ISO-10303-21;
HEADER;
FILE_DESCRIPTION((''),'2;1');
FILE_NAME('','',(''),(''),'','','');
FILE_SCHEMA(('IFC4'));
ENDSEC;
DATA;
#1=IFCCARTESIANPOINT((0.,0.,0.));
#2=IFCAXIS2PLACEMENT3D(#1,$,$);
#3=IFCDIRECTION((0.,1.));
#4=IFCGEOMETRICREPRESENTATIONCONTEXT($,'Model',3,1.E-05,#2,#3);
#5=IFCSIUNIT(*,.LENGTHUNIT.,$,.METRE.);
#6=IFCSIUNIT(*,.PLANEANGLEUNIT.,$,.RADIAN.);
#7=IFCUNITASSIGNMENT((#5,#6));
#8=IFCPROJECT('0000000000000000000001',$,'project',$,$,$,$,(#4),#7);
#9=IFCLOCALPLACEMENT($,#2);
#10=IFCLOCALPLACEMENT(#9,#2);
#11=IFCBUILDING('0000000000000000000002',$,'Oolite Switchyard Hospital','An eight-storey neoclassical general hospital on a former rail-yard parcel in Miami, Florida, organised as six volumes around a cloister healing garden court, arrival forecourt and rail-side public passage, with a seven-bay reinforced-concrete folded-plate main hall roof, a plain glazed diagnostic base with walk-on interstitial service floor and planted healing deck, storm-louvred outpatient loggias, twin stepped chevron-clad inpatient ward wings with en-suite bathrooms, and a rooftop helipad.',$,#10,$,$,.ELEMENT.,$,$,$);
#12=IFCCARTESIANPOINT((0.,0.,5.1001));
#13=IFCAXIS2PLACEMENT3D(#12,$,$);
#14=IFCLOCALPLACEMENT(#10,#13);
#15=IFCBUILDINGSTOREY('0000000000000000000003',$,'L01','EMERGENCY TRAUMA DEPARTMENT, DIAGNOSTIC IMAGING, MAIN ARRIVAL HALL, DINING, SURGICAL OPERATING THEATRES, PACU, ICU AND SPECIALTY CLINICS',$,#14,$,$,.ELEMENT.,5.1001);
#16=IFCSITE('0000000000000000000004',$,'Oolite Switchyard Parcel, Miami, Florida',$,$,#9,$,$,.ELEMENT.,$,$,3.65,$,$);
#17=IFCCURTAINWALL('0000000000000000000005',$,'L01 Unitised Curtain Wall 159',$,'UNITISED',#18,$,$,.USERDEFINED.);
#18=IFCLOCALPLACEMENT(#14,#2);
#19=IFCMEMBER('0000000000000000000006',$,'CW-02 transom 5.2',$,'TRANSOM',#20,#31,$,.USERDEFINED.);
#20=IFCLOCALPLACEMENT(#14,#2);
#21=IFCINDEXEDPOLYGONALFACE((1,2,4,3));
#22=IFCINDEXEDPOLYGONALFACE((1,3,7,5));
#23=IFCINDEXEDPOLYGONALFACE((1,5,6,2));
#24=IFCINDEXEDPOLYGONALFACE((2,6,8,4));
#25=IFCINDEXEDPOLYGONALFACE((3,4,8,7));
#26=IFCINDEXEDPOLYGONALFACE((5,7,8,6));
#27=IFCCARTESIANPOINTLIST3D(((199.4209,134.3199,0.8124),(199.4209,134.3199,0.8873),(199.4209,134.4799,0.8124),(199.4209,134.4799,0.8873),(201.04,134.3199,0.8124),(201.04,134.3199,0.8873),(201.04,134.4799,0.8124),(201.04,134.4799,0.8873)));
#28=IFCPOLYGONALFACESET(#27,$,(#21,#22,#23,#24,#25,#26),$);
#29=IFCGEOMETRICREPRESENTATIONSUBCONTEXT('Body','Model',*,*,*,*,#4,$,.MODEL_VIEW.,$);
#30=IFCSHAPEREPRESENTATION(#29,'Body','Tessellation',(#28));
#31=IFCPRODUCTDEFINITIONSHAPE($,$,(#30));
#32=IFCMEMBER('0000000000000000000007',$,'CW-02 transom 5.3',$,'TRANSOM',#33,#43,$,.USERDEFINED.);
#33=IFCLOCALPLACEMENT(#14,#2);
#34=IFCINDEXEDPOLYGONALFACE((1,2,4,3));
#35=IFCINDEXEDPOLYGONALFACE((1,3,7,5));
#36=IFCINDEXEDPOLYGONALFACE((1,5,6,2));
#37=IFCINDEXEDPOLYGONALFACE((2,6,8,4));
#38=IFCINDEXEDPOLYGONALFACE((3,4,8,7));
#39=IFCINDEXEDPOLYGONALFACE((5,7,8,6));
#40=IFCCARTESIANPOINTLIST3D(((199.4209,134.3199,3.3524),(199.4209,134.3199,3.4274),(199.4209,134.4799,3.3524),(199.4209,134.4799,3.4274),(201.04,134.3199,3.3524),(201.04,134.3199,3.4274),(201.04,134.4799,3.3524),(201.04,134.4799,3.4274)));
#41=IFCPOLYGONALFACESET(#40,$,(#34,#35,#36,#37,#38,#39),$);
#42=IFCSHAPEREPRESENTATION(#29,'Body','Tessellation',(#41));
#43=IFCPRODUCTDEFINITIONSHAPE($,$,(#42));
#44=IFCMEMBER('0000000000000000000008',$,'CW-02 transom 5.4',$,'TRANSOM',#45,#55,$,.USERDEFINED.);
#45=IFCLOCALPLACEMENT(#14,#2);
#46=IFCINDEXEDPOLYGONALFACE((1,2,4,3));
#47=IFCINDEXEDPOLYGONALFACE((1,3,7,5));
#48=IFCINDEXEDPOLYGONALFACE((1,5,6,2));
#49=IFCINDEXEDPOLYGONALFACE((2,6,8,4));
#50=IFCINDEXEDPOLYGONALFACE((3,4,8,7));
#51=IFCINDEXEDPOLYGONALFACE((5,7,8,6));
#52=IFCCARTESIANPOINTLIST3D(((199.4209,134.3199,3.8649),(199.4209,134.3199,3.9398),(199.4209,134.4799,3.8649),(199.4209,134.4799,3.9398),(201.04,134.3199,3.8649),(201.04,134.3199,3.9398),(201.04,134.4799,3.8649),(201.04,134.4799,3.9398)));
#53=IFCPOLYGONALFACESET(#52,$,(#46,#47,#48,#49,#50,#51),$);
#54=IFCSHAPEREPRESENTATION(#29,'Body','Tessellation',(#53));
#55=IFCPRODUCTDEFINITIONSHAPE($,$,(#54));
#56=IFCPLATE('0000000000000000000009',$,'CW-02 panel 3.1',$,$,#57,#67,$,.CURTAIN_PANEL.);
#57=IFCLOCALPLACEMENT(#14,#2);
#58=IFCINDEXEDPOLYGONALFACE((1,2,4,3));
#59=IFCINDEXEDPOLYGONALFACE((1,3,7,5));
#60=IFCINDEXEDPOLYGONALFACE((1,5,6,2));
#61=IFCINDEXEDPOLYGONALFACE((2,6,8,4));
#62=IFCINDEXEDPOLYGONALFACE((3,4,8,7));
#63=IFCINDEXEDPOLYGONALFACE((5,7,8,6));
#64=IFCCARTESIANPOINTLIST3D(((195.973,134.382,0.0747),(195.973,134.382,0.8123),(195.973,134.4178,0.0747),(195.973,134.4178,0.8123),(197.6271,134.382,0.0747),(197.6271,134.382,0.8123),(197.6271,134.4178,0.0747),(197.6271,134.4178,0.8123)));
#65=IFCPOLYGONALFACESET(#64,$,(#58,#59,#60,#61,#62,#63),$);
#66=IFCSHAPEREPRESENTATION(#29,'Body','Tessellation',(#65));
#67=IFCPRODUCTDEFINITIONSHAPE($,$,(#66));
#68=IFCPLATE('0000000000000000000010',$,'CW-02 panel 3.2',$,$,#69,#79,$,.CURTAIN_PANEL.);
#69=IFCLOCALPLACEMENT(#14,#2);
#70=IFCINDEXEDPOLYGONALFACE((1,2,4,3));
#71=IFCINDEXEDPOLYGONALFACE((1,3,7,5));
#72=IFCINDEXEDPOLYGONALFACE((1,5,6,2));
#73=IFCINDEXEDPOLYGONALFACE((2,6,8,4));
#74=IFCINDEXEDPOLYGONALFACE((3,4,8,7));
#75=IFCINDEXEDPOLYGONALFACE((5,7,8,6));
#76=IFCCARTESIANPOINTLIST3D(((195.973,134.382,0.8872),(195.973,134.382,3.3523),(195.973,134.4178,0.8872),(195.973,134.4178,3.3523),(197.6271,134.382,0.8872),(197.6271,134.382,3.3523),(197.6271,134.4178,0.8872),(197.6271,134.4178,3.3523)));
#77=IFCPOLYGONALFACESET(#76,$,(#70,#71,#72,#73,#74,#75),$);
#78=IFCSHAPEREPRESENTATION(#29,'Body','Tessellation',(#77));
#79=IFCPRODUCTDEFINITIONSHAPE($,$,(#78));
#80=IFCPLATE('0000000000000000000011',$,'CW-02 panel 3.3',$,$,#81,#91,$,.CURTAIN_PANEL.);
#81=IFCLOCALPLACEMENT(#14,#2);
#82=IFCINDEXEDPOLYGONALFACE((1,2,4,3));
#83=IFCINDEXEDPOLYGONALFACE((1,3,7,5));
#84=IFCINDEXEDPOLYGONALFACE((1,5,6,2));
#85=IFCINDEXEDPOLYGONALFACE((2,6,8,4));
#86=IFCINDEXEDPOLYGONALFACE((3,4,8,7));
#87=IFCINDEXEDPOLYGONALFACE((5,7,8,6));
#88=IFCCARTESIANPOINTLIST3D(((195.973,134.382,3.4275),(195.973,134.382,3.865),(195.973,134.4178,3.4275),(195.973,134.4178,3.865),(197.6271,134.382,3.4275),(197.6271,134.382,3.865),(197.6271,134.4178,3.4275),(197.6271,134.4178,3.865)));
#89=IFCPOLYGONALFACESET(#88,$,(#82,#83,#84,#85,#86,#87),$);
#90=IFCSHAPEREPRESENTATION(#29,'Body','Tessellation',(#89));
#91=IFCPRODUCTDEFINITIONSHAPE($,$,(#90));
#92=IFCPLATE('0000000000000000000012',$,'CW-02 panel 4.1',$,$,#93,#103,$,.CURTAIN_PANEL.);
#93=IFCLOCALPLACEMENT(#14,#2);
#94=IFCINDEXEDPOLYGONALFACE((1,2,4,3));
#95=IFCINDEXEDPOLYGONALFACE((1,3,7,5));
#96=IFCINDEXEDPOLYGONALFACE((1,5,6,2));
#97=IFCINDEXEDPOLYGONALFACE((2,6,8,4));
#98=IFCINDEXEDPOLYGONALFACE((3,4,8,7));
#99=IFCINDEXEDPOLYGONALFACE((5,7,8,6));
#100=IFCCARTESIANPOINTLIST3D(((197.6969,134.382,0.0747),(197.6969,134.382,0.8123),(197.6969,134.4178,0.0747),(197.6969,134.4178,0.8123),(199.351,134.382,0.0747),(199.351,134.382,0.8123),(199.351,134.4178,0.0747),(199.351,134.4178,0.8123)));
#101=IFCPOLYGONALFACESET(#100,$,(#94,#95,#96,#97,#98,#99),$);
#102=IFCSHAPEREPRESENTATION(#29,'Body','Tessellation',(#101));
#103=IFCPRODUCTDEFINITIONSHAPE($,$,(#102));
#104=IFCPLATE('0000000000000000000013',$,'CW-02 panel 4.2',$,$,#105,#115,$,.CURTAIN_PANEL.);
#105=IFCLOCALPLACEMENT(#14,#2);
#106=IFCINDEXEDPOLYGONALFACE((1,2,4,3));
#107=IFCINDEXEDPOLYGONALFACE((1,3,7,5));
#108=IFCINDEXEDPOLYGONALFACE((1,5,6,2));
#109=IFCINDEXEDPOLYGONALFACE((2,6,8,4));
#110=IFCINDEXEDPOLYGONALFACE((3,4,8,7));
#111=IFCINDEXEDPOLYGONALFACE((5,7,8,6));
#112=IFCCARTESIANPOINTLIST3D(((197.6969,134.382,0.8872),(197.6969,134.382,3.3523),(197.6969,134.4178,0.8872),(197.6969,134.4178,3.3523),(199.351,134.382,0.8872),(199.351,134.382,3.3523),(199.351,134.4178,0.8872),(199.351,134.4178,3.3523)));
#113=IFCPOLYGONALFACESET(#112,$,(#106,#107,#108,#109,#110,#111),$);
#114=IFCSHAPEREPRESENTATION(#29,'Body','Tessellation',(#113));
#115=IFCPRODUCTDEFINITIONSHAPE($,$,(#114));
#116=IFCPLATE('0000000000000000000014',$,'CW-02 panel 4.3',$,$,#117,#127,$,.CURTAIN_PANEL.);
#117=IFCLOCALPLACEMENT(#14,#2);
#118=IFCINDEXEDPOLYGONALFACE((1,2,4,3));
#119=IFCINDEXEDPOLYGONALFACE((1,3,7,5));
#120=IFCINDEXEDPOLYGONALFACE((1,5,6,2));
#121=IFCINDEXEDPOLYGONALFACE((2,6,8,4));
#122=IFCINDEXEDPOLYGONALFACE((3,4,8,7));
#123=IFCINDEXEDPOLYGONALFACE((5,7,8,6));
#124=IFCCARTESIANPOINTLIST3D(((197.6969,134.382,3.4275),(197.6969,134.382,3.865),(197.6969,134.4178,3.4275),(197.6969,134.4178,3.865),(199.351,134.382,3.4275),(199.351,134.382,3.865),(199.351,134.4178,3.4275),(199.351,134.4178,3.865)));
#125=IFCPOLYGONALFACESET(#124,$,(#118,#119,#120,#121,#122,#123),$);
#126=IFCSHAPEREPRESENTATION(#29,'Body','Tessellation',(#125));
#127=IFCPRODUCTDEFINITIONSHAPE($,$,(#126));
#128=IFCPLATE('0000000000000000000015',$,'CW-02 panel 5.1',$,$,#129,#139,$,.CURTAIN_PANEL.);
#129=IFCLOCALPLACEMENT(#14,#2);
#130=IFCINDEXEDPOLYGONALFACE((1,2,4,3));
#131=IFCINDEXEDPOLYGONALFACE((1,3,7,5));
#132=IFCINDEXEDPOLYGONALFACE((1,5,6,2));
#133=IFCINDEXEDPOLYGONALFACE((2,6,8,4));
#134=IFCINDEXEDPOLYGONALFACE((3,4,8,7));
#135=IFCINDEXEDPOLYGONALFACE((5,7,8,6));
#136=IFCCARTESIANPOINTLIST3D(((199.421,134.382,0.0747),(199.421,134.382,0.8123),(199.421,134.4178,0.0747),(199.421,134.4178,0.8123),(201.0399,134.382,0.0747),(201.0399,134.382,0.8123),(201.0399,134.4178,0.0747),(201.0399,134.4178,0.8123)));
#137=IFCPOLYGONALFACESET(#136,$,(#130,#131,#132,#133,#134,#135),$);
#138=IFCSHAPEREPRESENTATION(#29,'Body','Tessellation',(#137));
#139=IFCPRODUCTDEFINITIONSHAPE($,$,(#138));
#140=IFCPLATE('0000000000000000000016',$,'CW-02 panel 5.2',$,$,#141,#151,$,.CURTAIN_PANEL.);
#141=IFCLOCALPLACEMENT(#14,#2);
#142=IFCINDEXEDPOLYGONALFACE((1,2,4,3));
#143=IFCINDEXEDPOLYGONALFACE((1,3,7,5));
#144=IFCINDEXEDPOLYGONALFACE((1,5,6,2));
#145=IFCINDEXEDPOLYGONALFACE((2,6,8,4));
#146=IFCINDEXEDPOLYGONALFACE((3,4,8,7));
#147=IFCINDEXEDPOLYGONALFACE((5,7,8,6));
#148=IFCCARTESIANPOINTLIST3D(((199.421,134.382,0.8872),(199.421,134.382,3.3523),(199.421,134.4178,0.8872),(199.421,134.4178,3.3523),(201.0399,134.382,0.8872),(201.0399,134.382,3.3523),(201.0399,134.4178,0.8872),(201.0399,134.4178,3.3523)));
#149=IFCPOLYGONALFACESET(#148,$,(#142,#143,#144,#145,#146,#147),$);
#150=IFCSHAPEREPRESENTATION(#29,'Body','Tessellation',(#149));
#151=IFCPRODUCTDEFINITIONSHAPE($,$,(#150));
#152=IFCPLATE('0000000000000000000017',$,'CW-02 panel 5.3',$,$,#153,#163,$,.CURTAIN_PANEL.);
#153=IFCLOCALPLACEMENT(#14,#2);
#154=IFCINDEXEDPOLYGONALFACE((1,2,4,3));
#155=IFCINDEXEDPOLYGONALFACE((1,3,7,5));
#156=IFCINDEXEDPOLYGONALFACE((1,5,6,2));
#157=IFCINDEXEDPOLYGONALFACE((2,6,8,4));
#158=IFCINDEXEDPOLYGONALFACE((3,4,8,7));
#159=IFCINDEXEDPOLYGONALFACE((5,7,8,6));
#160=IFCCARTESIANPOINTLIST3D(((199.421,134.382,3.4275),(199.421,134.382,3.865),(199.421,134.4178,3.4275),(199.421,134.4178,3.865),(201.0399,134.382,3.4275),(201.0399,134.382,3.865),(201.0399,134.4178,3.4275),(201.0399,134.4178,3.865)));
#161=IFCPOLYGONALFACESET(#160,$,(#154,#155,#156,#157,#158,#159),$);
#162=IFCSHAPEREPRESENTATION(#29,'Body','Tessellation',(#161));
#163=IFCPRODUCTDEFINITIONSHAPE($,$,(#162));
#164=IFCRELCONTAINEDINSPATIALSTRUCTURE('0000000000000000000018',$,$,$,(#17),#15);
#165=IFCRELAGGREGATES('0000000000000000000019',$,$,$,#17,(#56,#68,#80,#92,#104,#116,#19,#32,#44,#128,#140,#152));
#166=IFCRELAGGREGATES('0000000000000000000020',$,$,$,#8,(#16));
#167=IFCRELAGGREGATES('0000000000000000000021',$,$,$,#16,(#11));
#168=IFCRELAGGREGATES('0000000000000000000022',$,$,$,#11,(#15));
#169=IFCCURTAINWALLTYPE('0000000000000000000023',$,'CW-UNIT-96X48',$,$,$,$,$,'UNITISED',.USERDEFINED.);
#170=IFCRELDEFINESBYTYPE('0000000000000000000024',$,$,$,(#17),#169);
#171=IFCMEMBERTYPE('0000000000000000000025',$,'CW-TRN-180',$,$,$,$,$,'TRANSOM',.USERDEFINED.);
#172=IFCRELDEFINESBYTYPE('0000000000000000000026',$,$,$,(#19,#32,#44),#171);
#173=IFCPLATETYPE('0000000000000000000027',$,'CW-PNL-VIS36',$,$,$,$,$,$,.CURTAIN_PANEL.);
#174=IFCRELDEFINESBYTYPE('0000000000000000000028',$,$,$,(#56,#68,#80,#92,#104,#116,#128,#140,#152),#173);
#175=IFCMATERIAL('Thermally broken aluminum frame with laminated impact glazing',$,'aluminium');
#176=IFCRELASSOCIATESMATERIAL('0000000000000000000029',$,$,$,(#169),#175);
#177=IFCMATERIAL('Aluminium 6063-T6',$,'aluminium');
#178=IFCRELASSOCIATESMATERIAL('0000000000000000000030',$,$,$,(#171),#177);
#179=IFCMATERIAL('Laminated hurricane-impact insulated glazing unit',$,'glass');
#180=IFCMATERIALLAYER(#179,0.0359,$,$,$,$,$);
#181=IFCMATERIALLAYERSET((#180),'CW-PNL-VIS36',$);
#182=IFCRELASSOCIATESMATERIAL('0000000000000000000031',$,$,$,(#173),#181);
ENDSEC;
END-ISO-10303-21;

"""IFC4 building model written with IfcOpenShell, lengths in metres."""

from ifc_helpers import new_model, si_unit, direction, frame, origin, origin_2d, place, context, subcontext, project, spatial, rectangle, extrude, material, layer, layer_set, material_profile, profile_set, type_object, element, aggregate, save


model = new_model("IFC4")

# Units and contexts
model_context = context("Model", 3, precision=1e-05, world=origin(), true_north=direction((0.0, 1.0)))
body_context = subcontext(model_context, "Body", "Model", "MODEL_VIEW")
ifc_project = project(units=[si_unit("LENGTHUNIT", "METRE"), si_unit("PLANEANGLEUNIT", "RADIAN")], contexts=[model_context])

# Site, building, storey
site_placement = place(None, origin())
site = spatial("IfcSite", under=ifc_project, at=site_placement, Name="Oolite Switchyard Parcel, Miami, Florida", CompositionType="ELEMENT", RefElevation=3.65)
building_placement = place(site_placement, origin())
building = spatial("IfcBuilding", under=site, at=building_placement, Name="Oolite Switchyard Hospital", Description="An eight-storey neoclassical general hospital on a former rail-yard parcel in Miami, Florida, organised as six volumes around a cloister healing garden court, arrival forecourt and rail-side public passage, with a seven-bay reinforced-concrete folded-plate main hall roof, a plain glazed diagnostic base with walk-on interstitial service floor and planted healing deck, storm-louvred outpatient loggias, twin stepped chevron-clad inpatient ward wings with en-suite bathrooms, and a rooftop helipad.", CompositionType="ELEMENT")
storey_placement = place(building_placement, frame((0.0, 0.0, 5.1001)))
storey = spatial("IfcBuildingStorey", under=building, at=storey_placement, Name="L01", Description="EMERGENCY TRAUMA DEPARTMENT, DIAGNOSTIC IMAGING, MAIN ARRIVAL HALL, DINING, SURGICAL OPERATING THEATRES, PACU, ICU AND SPECIALTY CLINICS", CompositionType="ELEMENT", Elevation=5.1001)

# Curtain wall, members, plates
ifc_material_1 = material(Name="Thermally broken aluminum frame with laminated impact glazing", Category="aluminium")
curtain_wall_type = type_object("IfcCurtainWallType", Name="CW-UNIT-96X48", ElementType="UNITISED", PredefinedType="USERDEFINED", material=ifc_material_1)
curtain_wall_placement = place(storey_placement, origin())
curtain_wall = element("IfcCurtainWall", 1, at=curtain_wall_placement, inside=storey, type_object=curtain_wall_type, Name="L01 Unitised Curtain Wall 159", ObjectType="UNITISED", PredefinedType="USERDEFINED")
ifc_material_2 = material(Name="Aluminium 6063-T6", Category="aluminium")
ifc_material_profile_1 = material_profile(ifc_material_2, rectangle(XDim=0.1599, YDim=0.075, at=origin_2d()), Name="CWT75X160")
ifc_profile_set_1 = profile_set([ifc_material_profile_1], Name="Aluminium 6063-T6")
member_type_1 = type_object("IfcMemberType", Name="CW-TRN-180", ElementType="TRANSOM", PredefinedType="USERDEFINED", material=ifc_profile_set_1)
member_1_placement = place(storey_placement, frame((199.4209, 134.3999, 0.8499), z_axis=(1.0, 0.0, 0.0), x_axis=(0.0, 1.0, 0.0)))
member_1 = element("IfcMember", 2, at=member_1_placement, type_object=member_type_1, Name="CW-02 transom 5.2", ObjectType="TRANSOM", PredefinedType="USERDEFINED", context=body_context, shape_type="SweptSolid", body=[
    extrude(rectangle(XDim=0.1599, YDim=0.075, at=origin_2d()), origin(), (0.0, 0.0, 1.0), 1.6191),
])
member_2_placement = place(storey_placement, frame((199.4209, 134.3999, 3.3899), z_axis=(1.0, 0.0, 0.0), x_axis=(0.0, 1.0, 0.0)))
member_2 = element("IfcMember", 3, at=member_2_placement, type_object=member_type_1, Name="CW-02 transom 5.3", ObjectType="TRANSOM", PredefinedType="USERDEFINED", context=body_context, shape_type="SweptSolid", body=[
    extrude(rectangle(XDim=0.1599, YDim=0.075, at=origin_2d()), origin(), (0.0, 0.0, 1.0), 1.6191),
])
member_3_placement = place(storey_placement, frame((199.4209, 134.3999, 3.9023), z_axis=(1.0, 0.0, 0.0), x_axis=(0.0, 1.0, 0.0)))
member_3 = element("IfcMember", 4, at=member_3_placement, type_object=member_type_1, Name="CW-02 transom 5.4", ObjectType="TRANSOM", PredefinedType="USERDEFINED", context=body_context, shape_type="SweptSolid", body=[
    extrude(rectangle(XDim=0.1599, YDim=0.075, at=origin_2d()), origin(), (0.0, 0.0, 1.0), 1.6191),
])
ifc_material_3 = material(Name="Laminated hurricane-impact insulated glazing unit", Category="glass")
ifc_layer = layer(ifc_material_3, 0.0359)
ifc_layer_set = layer_set([ifc_layer], Name="CW-PNL-VIS36")
plate_type = type_object("IfcPlateType", Name="CW-PNL-VIS36", PredefinedType="CURTAIN_PANEL", material=ifc_layer_set)
plate_1_placement = place(storey_placement, frame((196.8, 134.3999, 0.0747), z_axis=(0.0, 0.0, 1.0), x_axis=(1.0, 0.0, 0.0)))
plate_1 = element("IfcPlate", 5, at=plate_1_placement, type_object=plate_type, Name="CW-02 panel 3.1", PredefinedType="CURTAIN_PANEL", context=body_context, shape_type="SweptSolid", body=[
    extrude(rectangle(XDim=1.6541, YDim=0.0359, at=origin_2d()), origin(), (0.0, 0.0, 1.0), 0.7375),
])
plate_2_placement = place(storey_placement, frame((196.8, 134.3999, 0.8872), z_axis=(0.0, 0.0, 1.0), x_axis=(1.0, 0.0, 0.0)))
plate_2 = element("IfcPlate", 6, at=plate_2_placement, type_object=plate_type, Name="CW-02 panel 3.2", PredefinedType="CURTAIN_PANEL", context=body_context, shape_type="SweptSolid", body=[
    extrude(rectangle(XDim=1.6541, YDim=0.0359, at=origin_2d()), origin(), (0.0, 0.0, 1.0), 2.4651),
])
plate_3_placement = place(storey_placement, frame((196.8, 134.3999, 3.4275), z_axis=(0.0, 0.0, 1.0), x_axis=(1.0, 0.0, 0.0)))
plate_3 = element("IfcPlate", 7, at=plate_3_placement, type_object=plate_type, Name="CW-02 panel 3.3", PredefinedType="CURTAIN_PANEL", context=body_context, shape_type="SweptSolid", body=[
    extrude(rectangle(XDim=1.6541, YDim=0.0359, at=origin_2d()), origin(), (0.0, 0.0, 1.0), 0.4375),
])
plate_4_placement = place(storey_placement, frame((198.5239, 134.3999, 0.0747), z_axis=(0.0, 0.0, 1.0), x_axis=(1.0, 0.0, 0.0)))
plate_4 = element("IfcPlate", 8, at=plate_4_placement, type_object=plate_type, Name="CW-02 panel 4.1", PredefinedType="CURTAIN_PANEL", context=body_context, shape_type="SweptSolid", body=[
    extrude(rectangle(XDim=1.6541, YDim=0.0359, at=origin_2d()), origin(), (0.0, 0.0, 1.0), 0.7375),
])
plate_5_placement = place(storey_placement, frame((198.5239, 134.3999, 0.8872), z_axis=(0.0, 0.0, 1.0), x_axis=(1.0, 0.0, 0.0)))
plate_5 = element("IfcPlate", 9, at=plate_5_placement, type_object=plate_type, Name="CW-02 panel 4.2", PredefinedType="CURTAIN_PANEL", context=body_context, shape_type="SweptSolid", body=[
    extrude(rectangle(XDim=1.6541, YDim=0.0359, at=origin_2d()), origin(), (0.0, 0.0, 1.0), 2.4651),
])
plate_6_placement = place(storey_placement, frame((198.5239, 134.3999, 3.4275), z_axis=(0.0, 0.0, 1.0), x_axis=(1.0, 0.0, 0.0)))
plate_6 = element("IfcPlate", 10, at=plate_6_placement, type_object=plate_type, Name="CW-02 panel 4.3", PredefinedType="CURTAIN_PANEL", context=body_context, shape_type="SweptSolid", body=[
    extrude(rectangle(XDim=1.6541, YDim=0.0359, at=origin_2d()), origin(), (0.0, 0.0, 1.0), 0.4375),
])
plate_7_placement = place(storey_placement, frame((200.2305, 134.3999, 0.0747), z_axis=(0.0, 0.0, 1.0), x_axis=(1.0, 0.0, 0.0)))
plate_7 = element("IfcPlate", 11, at=plate_7_placement, type_object=plate_type, Name="CW-02 panel 5.1", PredefinedType="CURTAIN_PANEL", context=body_context, shape_type="SweptSolid", body=[
    extrude(rectangle(XDim=1.6189, YDim=0.0359, at=origin_2d()), origin(), (0.0, 0.0, 1.0), 0.7375),
])
plate_8_placement = place(storey_placement, frame((200.2305, 134.3999, 0.8872), z_axis=(0.0, 0.0, 1.0), x_axis=(1.0, 0.0, 0.0)))
plate_8 = element("IfcPlate", 12, at=plate_8_placement, type_object=plate_type, Name="CW-02 panel 5.2", PredefinedType="CURTAIN_PANEL", context=body_context, shape_type="SweptSolid", body=[
    extrude(rectangle(XDim=1.6189, YDim=0.0359, at=origin_2d()), origin(), (0.0, 0.0, 1.0), 2.4651),
])
plate_9_placement = place(storey_placement, frame((200.2305, 134.3999, 3.4275), z_axis=(0.0, 0.0, 1.0), x_axis=(1.0, 0.0, 0.0)))
plate_9 = element("IfcPlate", 13, at=plate_9_placement, type_object=plate_type, Name="CW-02 panel 5.3", PredefinedType="CURTAIN_PANEL", context=body_context, shape_type="SweptSolid", body=[
    extrude(rectangle(XDim=1.6189, YDim=0.0359, at=origin_2d()), origin(), (0.0, 0.0, 1.0), 0.4375),
])
aggregate(curtain_wall, [plate_1, plate_2, plate_3, plate_4, plate_5, plate_6, member_1, member_2, member_3, plate_7, plate_8, plate_9])

save(model, "model.ifc")
